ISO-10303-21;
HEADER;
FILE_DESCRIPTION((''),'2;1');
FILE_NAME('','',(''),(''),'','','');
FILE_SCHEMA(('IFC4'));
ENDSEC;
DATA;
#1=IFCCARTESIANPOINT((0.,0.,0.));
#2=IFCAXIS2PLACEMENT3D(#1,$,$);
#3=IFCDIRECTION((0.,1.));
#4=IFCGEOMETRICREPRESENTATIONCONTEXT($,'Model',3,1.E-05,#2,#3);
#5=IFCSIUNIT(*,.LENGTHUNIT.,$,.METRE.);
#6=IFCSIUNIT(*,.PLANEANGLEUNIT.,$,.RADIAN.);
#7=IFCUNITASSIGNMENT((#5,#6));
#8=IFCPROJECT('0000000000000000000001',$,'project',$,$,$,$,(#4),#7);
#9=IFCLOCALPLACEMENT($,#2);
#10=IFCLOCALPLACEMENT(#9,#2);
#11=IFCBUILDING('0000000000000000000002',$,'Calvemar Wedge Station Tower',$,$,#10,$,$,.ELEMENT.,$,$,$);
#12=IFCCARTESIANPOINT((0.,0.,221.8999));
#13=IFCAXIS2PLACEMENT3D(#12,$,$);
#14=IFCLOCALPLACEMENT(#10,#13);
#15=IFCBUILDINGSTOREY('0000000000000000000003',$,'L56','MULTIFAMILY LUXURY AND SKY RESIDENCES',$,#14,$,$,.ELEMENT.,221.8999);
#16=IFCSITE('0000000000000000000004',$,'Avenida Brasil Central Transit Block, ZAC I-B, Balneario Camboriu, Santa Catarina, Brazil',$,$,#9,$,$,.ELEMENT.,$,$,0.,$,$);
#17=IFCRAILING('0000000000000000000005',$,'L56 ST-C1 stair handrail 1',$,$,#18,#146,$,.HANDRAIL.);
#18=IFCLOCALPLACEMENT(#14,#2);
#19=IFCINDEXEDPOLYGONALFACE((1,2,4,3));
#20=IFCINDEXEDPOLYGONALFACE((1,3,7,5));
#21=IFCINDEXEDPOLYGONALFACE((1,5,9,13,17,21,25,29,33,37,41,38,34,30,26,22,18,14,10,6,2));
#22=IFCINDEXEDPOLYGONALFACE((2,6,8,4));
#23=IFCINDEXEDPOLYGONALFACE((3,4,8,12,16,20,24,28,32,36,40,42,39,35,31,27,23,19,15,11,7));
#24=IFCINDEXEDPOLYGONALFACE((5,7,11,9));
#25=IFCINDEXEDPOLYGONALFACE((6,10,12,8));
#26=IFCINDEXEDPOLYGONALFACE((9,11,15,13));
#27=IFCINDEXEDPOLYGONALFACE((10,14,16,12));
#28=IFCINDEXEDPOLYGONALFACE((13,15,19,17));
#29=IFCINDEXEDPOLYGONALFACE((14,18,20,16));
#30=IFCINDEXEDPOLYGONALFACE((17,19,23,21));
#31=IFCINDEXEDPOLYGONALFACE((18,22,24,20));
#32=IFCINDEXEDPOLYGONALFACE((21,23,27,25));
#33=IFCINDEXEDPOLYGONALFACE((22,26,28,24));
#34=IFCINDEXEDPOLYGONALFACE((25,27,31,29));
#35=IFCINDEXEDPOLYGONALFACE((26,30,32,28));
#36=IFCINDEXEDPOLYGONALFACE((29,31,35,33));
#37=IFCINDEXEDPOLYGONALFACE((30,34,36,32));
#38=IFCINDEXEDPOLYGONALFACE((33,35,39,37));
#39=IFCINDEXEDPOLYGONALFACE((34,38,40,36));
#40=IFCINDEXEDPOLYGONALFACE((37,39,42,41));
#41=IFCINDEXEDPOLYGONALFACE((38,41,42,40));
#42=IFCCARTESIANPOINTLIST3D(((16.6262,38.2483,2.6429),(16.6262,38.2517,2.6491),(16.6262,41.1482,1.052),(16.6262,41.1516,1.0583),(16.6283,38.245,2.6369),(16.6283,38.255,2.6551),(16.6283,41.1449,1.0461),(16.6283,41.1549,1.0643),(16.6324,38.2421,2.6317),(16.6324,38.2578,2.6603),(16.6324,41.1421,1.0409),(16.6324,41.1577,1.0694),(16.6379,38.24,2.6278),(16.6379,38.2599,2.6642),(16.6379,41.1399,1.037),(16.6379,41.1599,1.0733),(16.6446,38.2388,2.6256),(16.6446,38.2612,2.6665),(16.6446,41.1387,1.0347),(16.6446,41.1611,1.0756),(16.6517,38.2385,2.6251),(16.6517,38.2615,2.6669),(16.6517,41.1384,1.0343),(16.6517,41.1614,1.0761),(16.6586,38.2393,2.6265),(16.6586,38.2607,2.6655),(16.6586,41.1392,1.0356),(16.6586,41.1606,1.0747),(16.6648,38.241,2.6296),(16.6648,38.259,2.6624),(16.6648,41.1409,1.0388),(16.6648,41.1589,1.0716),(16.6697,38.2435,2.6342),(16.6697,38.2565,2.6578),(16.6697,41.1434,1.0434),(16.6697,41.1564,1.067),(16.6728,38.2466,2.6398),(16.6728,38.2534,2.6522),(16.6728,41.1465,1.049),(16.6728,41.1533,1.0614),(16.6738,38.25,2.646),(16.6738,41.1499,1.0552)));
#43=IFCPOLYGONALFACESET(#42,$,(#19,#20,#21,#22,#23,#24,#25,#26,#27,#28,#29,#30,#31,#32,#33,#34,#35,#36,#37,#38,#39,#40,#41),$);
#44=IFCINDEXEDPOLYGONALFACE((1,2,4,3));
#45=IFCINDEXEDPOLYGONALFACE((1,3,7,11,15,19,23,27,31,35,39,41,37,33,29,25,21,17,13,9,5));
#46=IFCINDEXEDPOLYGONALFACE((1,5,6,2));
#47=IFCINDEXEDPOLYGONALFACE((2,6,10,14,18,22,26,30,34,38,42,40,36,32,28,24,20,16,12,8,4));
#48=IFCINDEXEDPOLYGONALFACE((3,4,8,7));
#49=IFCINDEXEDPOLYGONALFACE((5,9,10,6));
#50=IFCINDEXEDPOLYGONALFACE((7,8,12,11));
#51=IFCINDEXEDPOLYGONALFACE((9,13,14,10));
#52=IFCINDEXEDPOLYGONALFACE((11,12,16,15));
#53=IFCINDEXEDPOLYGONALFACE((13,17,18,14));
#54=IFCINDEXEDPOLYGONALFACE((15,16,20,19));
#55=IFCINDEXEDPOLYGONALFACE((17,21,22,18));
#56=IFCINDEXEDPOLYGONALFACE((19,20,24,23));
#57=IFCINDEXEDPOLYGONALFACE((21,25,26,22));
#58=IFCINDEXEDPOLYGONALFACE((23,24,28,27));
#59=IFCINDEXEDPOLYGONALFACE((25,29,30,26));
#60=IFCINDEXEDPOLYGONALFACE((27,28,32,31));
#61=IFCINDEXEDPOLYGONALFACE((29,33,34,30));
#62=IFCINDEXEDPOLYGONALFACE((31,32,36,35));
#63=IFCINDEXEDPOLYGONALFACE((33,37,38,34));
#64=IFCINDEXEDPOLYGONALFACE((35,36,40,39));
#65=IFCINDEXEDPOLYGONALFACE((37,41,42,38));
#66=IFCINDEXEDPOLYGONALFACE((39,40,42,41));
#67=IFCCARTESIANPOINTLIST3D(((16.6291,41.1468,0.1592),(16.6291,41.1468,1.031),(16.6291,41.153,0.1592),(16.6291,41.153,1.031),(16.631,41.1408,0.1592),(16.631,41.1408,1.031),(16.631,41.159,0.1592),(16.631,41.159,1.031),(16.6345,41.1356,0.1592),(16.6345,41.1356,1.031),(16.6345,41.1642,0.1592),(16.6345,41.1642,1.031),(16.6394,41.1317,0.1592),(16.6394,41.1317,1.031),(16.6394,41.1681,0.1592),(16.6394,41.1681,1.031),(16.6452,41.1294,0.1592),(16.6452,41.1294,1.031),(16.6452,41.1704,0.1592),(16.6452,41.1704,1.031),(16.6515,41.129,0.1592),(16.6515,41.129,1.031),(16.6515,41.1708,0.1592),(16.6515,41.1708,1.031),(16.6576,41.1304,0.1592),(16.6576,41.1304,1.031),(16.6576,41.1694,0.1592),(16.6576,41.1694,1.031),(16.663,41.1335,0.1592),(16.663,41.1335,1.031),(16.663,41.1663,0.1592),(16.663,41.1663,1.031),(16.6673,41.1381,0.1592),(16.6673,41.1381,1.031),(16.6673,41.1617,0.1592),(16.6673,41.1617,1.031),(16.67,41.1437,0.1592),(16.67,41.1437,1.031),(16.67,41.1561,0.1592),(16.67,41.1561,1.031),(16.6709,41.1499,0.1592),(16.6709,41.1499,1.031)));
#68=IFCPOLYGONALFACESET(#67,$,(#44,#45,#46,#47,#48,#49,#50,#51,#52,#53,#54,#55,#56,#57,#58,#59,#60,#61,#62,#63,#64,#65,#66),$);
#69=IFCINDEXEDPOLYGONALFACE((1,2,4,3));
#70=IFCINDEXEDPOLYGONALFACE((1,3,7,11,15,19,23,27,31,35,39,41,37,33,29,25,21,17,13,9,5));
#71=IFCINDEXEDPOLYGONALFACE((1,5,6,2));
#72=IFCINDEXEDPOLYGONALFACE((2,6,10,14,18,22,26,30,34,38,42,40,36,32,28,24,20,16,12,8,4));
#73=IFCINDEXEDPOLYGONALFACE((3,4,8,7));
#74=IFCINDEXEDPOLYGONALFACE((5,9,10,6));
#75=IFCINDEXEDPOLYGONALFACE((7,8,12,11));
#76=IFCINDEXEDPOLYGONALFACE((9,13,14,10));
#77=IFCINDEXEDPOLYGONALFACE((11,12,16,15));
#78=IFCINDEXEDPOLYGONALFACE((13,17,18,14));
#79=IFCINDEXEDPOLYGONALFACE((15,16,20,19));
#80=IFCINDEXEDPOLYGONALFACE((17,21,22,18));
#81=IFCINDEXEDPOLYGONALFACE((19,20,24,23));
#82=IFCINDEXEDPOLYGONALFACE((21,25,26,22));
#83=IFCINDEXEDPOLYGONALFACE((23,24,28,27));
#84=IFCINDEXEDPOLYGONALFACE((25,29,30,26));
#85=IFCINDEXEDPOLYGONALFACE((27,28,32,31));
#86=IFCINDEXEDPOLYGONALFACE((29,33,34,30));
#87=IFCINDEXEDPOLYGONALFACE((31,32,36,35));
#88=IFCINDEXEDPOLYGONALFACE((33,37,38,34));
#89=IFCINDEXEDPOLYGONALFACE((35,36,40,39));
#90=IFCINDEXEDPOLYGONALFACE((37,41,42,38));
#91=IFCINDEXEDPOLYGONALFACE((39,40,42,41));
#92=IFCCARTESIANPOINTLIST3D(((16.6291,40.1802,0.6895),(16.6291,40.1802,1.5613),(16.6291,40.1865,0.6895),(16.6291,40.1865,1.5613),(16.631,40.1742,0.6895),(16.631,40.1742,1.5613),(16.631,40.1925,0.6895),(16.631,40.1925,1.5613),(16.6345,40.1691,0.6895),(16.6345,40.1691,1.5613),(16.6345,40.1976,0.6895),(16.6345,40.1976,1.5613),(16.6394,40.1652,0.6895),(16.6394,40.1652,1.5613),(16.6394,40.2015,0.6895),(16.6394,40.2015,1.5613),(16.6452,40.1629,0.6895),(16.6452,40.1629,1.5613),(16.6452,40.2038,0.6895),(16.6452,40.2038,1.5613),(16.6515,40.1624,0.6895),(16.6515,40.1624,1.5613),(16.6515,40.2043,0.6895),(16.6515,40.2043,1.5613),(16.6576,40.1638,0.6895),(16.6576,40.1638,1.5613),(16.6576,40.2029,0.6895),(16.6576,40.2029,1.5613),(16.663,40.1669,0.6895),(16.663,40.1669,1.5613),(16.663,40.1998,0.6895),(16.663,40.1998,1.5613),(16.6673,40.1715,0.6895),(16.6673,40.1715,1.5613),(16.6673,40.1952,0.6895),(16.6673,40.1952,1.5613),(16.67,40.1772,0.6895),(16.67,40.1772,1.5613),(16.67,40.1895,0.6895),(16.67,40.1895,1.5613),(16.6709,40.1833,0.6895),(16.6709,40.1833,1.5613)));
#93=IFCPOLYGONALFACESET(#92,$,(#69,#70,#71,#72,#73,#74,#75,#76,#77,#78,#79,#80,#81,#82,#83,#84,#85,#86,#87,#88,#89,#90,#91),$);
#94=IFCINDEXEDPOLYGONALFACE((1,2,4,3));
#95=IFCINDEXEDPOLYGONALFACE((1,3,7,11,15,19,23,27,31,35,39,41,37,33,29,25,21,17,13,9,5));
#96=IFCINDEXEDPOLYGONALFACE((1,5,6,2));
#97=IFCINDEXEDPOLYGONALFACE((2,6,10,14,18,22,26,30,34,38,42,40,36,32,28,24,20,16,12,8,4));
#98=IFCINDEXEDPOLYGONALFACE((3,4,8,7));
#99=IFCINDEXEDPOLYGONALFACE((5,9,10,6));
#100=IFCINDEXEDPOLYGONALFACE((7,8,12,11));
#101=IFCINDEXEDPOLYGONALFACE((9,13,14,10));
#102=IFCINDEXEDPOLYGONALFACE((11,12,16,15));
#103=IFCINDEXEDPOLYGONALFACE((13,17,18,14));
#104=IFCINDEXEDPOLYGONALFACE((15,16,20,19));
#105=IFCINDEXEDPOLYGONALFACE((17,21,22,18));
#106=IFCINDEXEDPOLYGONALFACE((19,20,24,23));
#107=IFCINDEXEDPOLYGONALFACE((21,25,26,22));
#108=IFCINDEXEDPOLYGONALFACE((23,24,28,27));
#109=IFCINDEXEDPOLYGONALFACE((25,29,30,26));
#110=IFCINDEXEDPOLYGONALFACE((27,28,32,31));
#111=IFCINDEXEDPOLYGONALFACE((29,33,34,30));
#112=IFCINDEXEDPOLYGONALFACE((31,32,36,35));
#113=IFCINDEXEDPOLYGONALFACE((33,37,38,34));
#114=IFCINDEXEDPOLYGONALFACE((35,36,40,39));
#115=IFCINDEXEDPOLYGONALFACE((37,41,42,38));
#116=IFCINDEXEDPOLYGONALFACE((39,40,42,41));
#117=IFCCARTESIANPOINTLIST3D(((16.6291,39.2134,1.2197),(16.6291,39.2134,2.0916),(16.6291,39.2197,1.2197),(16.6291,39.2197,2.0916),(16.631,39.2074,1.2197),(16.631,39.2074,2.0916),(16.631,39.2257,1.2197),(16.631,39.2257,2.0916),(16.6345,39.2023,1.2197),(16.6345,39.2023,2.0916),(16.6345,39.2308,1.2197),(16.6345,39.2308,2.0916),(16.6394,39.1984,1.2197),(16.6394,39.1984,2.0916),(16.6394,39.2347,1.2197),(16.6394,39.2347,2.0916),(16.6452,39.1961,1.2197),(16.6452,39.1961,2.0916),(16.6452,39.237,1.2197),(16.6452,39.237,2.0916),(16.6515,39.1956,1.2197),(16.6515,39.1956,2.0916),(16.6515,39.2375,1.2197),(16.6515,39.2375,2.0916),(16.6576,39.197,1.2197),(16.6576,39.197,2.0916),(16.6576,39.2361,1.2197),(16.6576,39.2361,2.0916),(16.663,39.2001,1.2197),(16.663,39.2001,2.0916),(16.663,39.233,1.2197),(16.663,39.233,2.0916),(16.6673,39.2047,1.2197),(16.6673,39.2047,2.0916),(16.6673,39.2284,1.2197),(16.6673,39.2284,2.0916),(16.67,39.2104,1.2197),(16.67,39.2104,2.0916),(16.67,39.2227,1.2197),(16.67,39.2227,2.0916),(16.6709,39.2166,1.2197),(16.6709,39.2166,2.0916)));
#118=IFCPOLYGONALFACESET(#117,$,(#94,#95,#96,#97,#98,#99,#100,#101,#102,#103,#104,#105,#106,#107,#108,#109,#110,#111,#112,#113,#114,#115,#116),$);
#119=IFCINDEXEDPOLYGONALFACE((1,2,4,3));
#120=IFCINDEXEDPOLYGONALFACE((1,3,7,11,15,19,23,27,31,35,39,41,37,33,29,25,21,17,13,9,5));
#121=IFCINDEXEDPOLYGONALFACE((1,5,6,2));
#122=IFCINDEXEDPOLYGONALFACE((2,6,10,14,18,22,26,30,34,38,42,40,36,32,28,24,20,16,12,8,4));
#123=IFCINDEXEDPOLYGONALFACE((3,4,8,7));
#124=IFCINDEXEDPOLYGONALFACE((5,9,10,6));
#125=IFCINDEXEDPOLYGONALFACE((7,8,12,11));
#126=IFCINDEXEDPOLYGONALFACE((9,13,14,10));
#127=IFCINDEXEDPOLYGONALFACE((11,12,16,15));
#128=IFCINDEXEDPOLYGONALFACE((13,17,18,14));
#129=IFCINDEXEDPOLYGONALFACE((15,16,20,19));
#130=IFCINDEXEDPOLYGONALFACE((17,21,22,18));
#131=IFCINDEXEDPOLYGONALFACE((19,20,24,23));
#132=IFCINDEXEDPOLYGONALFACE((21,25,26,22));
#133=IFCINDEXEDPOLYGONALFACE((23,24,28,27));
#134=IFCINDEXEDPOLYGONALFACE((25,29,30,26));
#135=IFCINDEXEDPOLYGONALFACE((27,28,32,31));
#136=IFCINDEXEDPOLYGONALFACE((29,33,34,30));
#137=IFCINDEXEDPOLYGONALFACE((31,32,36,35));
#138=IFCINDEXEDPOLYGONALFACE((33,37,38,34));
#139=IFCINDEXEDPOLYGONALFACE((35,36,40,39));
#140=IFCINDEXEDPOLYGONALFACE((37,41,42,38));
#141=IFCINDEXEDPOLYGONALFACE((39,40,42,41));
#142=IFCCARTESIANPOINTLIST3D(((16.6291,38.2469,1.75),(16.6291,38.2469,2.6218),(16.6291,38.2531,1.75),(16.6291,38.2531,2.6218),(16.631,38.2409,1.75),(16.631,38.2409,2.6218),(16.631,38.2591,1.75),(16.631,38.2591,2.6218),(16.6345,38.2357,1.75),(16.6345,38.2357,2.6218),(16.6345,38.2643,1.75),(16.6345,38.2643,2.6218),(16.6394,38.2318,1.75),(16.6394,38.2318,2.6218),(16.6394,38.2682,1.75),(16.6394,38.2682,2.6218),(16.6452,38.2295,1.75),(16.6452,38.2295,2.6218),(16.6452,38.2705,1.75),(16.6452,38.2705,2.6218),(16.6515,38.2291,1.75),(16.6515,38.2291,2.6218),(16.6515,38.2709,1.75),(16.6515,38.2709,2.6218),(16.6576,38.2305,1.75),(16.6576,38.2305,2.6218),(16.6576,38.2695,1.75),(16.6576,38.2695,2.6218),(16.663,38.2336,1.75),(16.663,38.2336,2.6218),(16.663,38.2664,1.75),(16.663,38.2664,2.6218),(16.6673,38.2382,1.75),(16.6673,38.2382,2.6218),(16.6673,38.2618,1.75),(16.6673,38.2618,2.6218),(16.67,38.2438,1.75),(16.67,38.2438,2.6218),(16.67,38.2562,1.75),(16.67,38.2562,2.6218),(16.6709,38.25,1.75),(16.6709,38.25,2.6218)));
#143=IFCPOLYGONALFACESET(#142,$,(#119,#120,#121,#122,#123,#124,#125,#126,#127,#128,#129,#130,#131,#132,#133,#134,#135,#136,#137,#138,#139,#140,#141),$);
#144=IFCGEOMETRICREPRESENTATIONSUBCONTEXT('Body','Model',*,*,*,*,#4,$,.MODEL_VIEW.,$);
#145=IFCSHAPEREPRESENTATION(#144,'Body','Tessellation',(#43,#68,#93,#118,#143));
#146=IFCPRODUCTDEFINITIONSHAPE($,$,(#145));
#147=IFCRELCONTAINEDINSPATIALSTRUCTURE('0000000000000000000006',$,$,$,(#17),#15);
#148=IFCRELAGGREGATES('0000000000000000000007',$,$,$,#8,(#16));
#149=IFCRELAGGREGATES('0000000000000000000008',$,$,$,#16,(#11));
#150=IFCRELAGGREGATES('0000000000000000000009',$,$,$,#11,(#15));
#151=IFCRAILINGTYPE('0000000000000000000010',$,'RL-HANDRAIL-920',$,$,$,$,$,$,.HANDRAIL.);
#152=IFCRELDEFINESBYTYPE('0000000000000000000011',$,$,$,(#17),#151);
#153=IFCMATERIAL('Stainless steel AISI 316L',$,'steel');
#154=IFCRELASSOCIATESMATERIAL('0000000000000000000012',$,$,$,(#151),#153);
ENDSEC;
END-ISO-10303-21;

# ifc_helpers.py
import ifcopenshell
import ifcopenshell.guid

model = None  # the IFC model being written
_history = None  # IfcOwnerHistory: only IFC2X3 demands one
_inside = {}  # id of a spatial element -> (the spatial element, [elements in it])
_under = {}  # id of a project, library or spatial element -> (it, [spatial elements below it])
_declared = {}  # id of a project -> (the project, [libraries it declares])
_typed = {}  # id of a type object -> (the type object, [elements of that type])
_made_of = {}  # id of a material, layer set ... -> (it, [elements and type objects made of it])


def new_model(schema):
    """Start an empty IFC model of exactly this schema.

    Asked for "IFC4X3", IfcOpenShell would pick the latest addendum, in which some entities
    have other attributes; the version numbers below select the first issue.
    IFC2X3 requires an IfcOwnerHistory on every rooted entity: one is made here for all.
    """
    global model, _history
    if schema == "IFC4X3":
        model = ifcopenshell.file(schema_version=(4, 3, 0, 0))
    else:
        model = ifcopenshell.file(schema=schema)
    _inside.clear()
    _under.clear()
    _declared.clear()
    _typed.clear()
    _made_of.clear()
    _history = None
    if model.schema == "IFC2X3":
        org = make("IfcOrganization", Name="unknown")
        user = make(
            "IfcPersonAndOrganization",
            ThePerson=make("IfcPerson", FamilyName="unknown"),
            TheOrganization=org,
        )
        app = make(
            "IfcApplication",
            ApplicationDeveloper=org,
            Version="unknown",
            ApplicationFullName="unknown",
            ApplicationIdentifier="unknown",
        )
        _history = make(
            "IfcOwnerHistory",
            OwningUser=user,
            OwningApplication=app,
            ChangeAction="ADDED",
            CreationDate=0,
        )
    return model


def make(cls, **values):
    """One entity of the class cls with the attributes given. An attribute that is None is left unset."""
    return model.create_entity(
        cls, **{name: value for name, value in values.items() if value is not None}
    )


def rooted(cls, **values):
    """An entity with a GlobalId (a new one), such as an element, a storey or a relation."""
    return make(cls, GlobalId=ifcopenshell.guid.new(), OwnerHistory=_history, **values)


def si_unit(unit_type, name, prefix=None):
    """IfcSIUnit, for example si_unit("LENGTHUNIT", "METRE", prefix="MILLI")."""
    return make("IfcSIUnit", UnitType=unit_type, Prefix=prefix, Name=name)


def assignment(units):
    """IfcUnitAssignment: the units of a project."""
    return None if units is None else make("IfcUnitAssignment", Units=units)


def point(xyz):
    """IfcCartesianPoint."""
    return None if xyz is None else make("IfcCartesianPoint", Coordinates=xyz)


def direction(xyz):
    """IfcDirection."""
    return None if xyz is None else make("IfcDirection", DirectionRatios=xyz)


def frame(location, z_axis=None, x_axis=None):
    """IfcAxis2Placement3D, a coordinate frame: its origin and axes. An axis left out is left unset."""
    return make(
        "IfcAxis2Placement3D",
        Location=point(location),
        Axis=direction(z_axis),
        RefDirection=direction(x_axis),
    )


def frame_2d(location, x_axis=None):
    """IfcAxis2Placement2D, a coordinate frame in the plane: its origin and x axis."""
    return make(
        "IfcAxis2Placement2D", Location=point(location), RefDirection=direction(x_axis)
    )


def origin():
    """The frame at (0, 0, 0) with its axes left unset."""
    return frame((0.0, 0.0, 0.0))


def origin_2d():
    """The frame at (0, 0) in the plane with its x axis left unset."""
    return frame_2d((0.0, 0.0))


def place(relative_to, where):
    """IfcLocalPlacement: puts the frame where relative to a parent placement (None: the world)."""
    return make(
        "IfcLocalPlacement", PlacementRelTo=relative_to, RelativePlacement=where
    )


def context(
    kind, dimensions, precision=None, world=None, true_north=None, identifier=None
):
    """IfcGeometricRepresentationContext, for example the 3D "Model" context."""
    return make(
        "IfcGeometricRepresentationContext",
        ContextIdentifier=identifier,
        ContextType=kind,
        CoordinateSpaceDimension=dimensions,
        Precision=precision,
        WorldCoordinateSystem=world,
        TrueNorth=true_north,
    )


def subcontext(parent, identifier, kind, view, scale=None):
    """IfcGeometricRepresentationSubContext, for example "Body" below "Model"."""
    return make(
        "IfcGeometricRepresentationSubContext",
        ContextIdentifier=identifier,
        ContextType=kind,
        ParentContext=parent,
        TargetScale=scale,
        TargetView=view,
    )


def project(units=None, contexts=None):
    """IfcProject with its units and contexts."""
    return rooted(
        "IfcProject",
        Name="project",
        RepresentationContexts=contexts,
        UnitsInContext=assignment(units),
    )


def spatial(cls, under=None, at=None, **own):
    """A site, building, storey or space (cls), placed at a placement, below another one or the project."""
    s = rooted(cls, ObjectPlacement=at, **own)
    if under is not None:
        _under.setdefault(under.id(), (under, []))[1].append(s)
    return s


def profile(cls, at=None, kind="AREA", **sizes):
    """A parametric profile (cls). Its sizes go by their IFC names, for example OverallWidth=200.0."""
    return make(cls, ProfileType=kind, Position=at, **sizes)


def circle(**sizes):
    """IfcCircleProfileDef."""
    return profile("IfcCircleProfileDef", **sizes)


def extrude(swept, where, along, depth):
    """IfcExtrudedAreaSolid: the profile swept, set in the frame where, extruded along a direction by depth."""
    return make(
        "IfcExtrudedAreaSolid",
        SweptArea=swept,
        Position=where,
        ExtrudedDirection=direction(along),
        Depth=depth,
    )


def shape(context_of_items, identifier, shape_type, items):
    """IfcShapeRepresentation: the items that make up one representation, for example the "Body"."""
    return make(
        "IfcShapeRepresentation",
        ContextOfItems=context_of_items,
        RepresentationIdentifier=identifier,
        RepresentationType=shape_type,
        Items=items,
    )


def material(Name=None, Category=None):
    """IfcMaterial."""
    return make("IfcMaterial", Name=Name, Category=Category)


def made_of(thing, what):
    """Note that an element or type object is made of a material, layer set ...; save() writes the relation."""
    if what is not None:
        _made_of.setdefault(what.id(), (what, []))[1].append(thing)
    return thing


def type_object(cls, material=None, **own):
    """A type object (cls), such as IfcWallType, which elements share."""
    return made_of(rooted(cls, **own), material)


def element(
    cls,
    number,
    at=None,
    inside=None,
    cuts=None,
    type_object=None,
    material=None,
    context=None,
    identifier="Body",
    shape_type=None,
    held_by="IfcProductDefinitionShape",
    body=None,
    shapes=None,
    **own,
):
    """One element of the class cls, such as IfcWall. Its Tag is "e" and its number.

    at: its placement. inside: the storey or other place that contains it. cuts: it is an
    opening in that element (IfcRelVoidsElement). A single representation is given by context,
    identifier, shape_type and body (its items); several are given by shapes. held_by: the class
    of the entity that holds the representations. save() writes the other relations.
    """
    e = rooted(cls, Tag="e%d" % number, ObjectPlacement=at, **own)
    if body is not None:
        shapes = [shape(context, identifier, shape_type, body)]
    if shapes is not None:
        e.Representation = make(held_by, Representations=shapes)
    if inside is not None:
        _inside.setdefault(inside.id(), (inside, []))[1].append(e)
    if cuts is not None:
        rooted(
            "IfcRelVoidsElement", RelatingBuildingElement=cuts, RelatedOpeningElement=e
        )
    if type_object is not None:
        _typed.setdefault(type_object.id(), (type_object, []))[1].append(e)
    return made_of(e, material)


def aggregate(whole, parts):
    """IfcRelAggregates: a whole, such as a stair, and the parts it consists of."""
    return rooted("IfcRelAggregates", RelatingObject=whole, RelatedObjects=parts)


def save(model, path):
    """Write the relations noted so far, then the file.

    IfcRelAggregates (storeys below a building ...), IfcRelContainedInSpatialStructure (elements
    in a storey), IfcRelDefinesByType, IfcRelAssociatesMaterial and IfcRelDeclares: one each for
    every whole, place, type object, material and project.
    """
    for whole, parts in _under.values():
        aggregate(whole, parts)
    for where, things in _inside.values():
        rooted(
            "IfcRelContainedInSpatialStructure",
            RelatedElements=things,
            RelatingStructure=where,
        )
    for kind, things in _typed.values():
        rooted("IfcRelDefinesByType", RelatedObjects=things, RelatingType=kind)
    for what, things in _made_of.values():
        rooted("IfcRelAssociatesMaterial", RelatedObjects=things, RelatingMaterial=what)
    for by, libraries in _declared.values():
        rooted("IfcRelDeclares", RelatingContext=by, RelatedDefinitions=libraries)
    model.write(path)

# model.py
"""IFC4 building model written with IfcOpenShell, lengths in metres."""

from ifc_helpers import new_model, si_unit, direction, frame, origin, origin_2d, place, context, subcontext, project, spatial, circle, extrude, material, type_object, element, save


model = new_model("IFC4")

# Units and contexts
model_context = context("Model", 3, precision=1e-05, world=origin(), true_north=direction((0.0, 1.0)))
body_context = subcontext(model_context, "Body", "Model", "MODEL_VIEW")
ifc_project = project(units=[si_unit("LENGTHUNIT", "METRE"), si_unit("PLANEANGLEUNIT", "RADIAN")], contexts=[model_context])

# Site, building, storey
site_placement = place(None, origin())
site = spatial("IfcSite", under=ifc_project, at=site_placement, Name="Avenida Brasil Central Transit Block, ZAC I-B, Balneario Camboriu, Santa Catarina, Brazil", CompositionType="ELEMENT", RefElevation=0.0)
building_placement = place(site_placement, origin())
building = spatial("IfcBuilding", under=site, at=building_placement, Name="Calvemar Wedge Station Tower", CompositionType="ELEMENT")
storey_placement = place(building_placement, frame((0.0, 0.0, 221.8999)))
storey = spatial("IfcBuildingStorey", under=building, at=storey_placement, Name="L56", Description="MULTIFAMILY LUXURY AND SKY RESIDENCES", CompositionType="ELEMENT", Elevation=221.8999)

# Railing
ifc_material_1 = material(Name="Stainless steel AISI 316L", Category="steel")
railing_type_1 = type_object("IfcRailingType", Name="RL-HANDRAIL-920", PredefinedType="HANDRAIL", material=ifc_material_1)
railing_1_placement = place(storey_placement, frame((16.6499, 41.1499, 0.1592)))
element("IfcRailing", 1, at=railing_1_placement, inside=storey, type_object=railing_type_1, Name="L56 ST-C1 stair handrail 1", PredefinedType="HANDRAIL", context=body_context, shape_type="SweptSolid", body=[
    extrude(circle(Radius=0.0239, at=origin_2d()), frame((0.0, 0.0, 0.896), z_axis=(0.0, -0.876742, 0.480961), x_axis=(1.0, 0.0, 0.0)), (0.0, 0.0, 1.0), 3.3076),
    extrude(circle(Radius=0.021, at=origin_2d()), origin(), (0.0, 0.0, 1.0), 0.8718),
    extrude(circle(Radius=0.021, at=origin_2d()), frame((0.0, -0.9666, 0.5303)), (0.0, 0.0, 1.0), 0.8718),
    extrude(circle(Radius=0.021, at=origin_2d()), frame((0.0, -1.9333, 1.0605)), (0.0, 0.0, 1.0), 0.8718),
    extrude(circle(Radius=0.021, at=origin_2d()), frame((0.0, -2.8999, 1.5908)), (0.0, 0.0, 1.0), 0.8718),
])

save(model, "model.ifc")
